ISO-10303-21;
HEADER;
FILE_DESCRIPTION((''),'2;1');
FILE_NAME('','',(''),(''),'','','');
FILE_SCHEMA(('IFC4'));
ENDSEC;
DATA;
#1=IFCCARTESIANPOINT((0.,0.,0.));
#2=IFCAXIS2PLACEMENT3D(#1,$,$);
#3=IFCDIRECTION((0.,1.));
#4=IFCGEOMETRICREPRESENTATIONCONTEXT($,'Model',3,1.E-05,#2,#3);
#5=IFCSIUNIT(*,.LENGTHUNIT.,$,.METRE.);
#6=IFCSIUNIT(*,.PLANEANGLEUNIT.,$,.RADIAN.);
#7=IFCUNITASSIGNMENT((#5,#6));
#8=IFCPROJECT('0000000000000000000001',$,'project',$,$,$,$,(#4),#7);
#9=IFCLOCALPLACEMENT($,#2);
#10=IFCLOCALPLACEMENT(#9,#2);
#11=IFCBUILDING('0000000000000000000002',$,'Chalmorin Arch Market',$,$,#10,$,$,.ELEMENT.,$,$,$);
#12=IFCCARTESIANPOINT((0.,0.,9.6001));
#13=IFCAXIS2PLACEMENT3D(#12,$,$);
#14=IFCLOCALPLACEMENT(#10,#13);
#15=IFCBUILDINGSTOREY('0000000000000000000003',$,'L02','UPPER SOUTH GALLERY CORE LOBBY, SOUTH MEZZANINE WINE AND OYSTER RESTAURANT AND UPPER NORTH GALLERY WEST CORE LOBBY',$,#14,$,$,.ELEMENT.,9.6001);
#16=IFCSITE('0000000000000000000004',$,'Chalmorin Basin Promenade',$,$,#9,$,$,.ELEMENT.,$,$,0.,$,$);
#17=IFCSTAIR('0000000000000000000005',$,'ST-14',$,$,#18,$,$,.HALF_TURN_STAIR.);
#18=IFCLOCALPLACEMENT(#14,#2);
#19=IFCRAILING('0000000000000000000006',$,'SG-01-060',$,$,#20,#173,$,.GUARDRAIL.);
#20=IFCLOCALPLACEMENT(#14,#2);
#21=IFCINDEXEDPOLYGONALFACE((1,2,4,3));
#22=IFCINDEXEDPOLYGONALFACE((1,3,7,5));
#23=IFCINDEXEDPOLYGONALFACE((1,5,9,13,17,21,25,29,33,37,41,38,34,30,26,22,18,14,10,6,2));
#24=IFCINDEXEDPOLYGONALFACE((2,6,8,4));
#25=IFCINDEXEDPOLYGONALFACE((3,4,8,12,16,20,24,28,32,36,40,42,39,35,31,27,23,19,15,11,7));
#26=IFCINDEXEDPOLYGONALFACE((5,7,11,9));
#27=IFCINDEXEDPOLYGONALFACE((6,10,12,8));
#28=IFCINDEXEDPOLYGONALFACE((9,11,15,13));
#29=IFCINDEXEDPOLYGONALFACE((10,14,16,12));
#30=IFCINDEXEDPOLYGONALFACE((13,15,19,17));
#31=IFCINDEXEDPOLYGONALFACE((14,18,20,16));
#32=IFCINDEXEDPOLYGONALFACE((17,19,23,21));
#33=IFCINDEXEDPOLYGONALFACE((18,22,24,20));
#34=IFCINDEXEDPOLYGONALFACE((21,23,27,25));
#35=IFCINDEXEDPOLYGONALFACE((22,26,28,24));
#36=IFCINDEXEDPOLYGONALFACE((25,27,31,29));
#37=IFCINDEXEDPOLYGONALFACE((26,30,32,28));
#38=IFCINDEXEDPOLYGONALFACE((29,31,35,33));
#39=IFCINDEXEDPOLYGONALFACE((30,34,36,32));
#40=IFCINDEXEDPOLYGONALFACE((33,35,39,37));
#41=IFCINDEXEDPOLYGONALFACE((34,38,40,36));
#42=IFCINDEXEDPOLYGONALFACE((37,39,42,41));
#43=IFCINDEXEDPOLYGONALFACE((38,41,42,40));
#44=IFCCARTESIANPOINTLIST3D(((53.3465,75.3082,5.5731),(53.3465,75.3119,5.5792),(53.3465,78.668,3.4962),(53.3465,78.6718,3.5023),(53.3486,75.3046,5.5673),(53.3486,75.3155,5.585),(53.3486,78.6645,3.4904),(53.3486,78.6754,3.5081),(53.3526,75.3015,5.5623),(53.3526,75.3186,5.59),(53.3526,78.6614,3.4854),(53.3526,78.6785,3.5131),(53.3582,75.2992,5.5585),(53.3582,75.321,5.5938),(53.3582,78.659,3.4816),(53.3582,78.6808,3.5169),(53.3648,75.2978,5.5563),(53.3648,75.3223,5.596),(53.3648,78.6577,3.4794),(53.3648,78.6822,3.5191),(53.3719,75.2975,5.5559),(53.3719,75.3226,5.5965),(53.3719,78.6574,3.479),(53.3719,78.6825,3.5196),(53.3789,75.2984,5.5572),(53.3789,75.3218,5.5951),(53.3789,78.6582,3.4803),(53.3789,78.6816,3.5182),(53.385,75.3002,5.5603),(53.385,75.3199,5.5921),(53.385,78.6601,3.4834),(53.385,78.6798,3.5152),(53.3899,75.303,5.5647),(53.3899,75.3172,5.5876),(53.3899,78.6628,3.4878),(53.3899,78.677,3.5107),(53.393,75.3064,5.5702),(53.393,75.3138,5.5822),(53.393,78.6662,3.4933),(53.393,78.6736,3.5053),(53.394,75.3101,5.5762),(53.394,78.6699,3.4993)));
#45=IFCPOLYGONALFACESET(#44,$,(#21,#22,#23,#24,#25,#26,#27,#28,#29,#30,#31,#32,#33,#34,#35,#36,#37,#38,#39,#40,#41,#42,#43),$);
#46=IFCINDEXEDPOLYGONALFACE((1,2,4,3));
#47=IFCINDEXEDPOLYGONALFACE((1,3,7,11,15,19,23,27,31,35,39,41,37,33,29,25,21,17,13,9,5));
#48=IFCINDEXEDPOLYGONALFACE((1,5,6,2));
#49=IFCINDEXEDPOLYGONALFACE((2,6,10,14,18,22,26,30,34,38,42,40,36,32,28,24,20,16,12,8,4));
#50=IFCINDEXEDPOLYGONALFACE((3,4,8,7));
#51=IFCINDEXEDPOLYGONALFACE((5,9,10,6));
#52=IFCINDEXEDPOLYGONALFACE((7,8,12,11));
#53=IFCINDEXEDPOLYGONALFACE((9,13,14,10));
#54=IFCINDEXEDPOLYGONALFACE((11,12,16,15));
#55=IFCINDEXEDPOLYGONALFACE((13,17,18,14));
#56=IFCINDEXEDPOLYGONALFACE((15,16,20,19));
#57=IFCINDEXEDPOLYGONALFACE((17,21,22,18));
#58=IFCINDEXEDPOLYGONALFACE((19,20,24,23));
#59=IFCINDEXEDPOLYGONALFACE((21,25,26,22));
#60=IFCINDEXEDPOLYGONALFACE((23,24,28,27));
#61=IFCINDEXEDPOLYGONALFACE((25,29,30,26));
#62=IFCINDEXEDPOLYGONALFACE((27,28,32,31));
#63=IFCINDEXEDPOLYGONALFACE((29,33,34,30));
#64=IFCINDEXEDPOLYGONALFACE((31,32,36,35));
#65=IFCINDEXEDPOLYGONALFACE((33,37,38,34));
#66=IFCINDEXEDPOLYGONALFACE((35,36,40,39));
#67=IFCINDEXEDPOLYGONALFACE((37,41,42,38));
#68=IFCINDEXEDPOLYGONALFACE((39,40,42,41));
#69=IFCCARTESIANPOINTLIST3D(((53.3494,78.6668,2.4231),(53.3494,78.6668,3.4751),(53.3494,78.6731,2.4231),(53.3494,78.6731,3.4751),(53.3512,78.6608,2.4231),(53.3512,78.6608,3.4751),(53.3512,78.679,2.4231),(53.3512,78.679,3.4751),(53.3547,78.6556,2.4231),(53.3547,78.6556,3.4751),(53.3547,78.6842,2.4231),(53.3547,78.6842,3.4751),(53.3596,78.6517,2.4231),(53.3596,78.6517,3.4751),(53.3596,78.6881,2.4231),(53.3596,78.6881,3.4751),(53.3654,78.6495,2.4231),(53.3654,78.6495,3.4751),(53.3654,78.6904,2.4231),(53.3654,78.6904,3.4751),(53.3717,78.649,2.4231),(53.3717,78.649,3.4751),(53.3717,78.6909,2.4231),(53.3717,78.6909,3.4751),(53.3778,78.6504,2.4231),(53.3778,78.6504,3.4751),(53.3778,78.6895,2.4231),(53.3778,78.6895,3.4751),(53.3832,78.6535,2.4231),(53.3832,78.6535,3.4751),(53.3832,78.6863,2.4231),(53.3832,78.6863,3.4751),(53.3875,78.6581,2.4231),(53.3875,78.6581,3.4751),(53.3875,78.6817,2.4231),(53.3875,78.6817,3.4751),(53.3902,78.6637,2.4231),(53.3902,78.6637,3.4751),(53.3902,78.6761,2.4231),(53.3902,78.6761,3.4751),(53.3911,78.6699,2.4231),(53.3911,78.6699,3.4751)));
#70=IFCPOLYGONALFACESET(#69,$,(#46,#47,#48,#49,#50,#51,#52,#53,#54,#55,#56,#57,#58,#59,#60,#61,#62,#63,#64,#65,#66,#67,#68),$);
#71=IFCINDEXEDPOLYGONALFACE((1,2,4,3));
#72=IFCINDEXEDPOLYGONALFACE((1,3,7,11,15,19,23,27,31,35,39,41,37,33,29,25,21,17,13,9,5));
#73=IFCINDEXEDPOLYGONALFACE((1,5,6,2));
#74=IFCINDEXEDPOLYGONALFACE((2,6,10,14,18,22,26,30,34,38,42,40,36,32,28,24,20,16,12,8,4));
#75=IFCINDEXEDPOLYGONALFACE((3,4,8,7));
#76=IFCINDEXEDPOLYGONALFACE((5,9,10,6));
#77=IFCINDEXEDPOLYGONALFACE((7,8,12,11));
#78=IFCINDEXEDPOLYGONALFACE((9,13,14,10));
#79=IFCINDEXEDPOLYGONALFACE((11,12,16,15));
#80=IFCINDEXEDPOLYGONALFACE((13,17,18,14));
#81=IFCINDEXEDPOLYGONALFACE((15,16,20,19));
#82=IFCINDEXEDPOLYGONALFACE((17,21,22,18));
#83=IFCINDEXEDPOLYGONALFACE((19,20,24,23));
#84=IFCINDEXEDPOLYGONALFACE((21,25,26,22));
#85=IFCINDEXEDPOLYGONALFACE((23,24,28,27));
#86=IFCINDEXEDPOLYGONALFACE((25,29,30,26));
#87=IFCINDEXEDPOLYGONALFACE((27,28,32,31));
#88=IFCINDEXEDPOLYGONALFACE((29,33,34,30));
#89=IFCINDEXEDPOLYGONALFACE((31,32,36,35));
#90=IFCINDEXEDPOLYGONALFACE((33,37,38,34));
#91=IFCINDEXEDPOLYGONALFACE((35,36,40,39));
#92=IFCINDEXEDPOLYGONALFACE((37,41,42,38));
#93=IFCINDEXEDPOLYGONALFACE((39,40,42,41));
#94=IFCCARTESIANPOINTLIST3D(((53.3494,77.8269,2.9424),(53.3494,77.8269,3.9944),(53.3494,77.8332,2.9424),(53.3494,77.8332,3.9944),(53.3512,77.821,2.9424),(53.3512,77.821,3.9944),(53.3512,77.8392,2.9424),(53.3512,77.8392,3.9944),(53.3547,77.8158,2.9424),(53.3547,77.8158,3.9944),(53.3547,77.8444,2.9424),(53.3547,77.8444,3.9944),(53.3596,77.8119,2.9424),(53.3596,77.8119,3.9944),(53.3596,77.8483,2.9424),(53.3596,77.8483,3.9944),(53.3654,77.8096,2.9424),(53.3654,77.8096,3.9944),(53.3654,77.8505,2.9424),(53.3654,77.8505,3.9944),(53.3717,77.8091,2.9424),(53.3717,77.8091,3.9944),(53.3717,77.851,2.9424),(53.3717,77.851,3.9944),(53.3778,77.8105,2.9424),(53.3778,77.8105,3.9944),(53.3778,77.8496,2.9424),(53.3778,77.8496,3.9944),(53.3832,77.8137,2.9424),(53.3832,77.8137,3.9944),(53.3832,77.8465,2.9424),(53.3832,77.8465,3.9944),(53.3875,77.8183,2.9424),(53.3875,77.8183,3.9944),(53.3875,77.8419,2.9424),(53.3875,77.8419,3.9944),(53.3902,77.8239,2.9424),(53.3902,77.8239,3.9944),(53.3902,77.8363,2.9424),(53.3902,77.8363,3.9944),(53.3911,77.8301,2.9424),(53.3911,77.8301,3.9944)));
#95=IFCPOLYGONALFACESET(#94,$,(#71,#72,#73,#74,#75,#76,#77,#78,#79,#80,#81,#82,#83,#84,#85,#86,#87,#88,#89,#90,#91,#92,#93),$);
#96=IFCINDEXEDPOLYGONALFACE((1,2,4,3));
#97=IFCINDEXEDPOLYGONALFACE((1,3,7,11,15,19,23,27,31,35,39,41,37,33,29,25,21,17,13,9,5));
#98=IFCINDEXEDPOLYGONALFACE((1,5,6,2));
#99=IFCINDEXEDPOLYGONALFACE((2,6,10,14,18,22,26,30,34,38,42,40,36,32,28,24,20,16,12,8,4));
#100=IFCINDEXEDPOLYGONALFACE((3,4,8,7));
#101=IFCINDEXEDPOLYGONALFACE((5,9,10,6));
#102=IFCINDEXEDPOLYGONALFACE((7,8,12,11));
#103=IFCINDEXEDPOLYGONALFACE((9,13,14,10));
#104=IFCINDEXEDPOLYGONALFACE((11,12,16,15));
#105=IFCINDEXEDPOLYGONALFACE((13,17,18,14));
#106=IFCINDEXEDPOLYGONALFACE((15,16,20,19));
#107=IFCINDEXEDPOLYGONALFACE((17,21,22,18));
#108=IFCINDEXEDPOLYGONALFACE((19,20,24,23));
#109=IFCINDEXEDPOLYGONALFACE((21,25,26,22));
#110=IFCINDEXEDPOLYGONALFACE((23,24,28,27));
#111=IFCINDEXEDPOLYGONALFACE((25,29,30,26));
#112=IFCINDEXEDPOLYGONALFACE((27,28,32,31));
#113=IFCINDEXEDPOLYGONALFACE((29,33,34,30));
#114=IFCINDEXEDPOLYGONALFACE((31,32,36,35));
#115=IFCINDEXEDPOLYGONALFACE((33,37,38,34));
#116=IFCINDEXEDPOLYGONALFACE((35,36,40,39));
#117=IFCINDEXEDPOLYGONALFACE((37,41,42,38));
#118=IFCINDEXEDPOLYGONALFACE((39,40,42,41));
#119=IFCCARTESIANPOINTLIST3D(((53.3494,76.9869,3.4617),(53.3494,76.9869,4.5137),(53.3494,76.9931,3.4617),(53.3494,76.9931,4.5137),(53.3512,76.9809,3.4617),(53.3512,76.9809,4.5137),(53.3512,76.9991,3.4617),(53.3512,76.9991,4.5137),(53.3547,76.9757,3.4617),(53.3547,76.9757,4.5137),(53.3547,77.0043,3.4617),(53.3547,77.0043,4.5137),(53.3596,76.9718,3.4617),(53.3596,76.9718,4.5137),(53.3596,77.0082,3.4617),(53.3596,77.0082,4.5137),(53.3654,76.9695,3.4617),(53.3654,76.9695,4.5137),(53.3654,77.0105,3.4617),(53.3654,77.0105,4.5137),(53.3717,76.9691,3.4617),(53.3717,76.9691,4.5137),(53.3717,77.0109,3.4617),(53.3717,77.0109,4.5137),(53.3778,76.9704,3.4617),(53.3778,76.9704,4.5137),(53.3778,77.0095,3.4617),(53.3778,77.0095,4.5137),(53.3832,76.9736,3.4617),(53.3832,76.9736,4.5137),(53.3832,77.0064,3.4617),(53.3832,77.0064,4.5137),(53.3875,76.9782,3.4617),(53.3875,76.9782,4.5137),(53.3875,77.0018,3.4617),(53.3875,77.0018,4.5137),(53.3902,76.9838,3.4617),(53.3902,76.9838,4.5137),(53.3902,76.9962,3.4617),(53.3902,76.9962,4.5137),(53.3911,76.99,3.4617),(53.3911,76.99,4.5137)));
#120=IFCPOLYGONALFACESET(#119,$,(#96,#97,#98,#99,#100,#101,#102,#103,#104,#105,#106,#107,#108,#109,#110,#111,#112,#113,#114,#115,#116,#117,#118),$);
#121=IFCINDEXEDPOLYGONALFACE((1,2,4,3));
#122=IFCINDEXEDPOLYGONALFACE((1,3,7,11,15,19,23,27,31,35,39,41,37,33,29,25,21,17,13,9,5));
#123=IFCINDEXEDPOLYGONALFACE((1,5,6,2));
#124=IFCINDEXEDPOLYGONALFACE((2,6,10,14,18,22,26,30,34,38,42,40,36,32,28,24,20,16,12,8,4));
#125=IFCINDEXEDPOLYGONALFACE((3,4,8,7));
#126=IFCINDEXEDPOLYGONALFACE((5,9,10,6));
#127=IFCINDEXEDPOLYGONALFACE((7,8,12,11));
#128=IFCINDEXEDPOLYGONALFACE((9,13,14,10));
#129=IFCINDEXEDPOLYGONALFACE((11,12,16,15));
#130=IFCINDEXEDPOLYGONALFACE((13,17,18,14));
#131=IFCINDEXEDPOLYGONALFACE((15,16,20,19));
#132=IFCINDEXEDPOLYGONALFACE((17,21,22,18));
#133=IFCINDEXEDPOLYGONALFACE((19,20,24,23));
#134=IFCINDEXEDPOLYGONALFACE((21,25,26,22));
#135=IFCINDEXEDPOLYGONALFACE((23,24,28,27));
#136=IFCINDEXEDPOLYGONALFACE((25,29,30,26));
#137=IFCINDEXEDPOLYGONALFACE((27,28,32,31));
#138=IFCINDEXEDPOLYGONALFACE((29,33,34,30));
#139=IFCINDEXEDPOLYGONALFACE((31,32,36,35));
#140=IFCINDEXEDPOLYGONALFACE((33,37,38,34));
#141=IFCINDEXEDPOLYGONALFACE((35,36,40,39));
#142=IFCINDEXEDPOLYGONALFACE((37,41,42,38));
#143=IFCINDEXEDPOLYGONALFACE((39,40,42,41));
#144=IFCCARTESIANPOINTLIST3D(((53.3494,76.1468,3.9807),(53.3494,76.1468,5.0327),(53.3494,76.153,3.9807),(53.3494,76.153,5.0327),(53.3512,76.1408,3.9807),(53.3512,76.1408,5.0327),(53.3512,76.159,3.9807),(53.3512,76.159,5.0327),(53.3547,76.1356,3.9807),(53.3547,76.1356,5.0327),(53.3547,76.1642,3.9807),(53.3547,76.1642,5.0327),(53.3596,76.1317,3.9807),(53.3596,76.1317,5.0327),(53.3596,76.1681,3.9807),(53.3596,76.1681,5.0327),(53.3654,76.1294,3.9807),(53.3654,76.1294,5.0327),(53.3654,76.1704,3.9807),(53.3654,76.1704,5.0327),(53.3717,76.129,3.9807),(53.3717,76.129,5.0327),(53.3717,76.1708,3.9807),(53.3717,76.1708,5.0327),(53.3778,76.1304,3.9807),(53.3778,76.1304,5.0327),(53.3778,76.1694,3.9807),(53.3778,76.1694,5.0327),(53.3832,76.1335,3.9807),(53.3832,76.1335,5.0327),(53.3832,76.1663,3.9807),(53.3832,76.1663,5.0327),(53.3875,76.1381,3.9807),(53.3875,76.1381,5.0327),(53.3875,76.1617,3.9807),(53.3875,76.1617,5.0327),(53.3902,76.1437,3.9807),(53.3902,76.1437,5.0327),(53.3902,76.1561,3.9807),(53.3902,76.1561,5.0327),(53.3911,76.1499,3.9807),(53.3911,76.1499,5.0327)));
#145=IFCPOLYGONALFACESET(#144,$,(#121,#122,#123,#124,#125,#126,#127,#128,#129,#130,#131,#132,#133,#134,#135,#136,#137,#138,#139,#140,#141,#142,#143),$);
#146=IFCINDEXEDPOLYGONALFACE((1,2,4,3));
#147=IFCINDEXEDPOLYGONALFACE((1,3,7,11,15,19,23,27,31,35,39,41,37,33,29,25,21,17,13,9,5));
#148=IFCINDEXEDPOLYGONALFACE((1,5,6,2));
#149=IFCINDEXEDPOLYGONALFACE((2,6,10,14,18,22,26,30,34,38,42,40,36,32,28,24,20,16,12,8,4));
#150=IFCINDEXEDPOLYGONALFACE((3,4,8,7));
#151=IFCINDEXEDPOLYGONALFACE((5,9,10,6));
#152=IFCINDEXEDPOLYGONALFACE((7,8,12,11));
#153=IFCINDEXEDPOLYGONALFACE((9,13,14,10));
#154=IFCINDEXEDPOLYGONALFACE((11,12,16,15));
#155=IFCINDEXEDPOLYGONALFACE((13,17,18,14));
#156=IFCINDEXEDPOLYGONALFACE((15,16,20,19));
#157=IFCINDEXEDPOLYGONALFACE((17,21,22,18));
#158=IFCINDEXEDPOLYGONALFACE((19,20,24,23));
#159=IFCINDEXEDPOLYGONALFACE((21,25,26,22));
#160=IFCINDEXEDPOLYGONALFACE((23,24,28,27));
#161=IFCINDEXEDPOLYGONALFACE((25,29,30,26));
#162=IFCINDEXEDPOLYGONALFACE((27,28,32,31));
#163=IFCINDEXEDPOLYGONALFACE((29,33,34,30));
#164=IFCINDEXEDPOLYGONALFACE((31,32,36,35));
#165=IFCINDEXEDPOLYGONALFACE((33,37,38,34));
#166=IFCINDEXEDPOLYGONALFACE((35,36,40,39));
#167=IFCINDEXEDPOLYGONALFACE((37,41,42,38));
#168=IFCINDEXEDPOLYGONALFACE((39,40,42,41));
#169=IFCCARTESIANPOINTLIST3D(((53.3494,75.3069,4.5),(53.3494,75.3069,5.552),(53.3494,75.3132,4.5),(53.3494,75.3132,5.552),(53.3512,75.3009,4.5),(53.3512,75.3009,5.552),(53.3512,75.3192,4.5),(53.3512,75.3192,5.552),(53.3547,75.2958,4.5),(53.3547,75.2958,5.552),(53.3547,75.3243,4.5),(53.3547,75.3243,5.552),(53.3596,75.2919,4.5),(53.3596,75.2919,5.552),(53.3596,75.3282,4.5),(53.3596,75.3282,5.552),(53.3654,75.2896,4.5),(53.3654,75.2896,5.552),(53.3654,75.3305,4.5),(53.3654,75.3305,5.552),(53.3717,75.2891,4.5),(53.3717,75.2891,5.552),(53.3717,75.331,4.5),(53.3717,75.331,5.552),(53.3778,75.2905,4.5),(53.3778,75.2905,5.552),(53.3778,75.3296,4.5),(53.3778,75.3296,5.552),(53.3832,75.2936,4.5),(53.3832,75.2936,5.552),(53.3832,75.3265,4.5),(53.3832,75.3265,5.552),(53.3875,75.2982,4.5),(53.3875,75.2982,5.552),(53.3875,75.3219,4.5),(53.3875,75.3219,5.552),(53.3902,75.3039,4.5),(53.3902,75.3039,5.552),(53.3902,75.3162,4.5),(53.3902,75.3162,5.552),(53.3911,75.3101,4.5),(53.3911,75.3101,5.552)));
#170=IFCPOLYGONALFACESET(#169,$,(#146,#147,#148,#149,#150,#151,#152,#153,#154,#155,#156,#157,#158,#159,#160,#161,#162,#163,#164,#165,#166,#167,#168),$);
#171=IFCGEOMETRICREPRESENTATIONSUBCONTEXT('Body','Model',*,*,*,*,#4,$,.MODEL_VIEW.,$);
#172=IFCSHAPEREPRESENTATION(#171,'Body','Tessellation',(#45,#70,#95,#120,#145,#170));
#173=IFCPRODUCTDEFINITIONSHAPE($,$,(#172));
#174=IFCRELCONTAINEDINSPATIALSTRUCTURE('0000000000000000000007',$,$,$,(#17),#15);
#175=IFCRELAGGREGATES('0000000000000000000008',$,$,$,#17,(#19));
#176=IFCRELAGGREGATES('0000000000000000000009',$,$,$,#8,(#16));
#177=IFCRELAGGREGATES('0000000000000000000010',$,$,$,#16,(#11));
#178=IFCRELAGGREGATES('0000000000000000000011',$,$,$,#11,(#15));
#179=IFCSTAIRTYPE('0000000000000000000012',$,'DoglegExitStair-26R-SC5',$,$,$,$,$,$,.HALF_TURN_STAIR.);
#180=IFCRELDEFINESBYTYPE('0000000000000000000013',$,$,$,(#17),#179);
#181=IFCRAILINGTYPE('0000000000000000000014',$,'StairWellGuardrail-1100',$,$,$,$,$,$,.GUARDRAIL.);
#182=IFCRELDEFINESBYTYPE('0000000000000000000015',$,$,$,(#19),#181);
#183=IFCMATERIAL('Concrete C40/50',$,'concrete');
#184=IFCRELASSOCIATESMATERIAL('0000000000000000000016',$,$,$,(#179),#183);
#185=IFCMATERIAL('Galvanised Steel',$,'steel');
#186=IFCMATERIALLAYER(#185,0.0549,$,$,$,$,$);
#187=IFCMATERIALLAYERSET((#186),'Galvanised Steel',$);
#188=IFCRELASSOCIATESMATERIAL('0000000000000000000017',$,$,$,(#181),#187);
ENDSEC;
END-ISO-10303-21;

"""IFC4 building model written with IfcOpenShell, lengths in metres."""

from ifc_helpers import new_model, si_unit, direction, frame, origin, origin_2d, place, context, subcontext, project, spatial, circle, extrude, material, layer, layer_set, type_object, element, aggregate, save


model = new_model("IFC4")

# Units and contexts
model_context = context("Model", 3, precision=1e-05, world=origin(), true_north=direction((0.0, 1.0)))
body_context = subcontext(model_context, "Body", "Model", "MODEL_VIEW")
ifc_project = project(units=[si_unit("LENGTHUNIT", "METRE"), si_unit("PLANEANGLEUNIT", "RADIAN")], contexts=[model_context])

# Site, building, storey
site_placement = place(None, origin())
site = spatial("IfcSite", under=ifc_project, at=site_placement, Name="Chalmorin Basin Promenade", CompositionType="ELEMENT", RefElevation=0.0)
building_placement = place(site_placement, origin())
building = spatial("IfcBuilding", under=site, at=building_placement, Name="Chalmorin Arch Market", CompositionType="ELEMENT")
storey_placement = place(building_placement, frame((0.0, 0.0, 9.6001)))
storey = spatial("IfcBuildingStorey", under=building, at=storey_placement, Name="L02", Description="UPPER SOUTH GALLERY CORE LOBBY, SOUTH MEZZANINE WINE AND OYSTER RESTAURANT AND UPPER NORTH GALLERY WEST CORE LOBBY", CompositionType="ELEMENT", Elevation=9.6001)

# Shared definitions
ifc_material_1 = material(Name="Concrete C40/50", Category="concrete")

# Shared definitions
ifc_material_2 = material(Name="Galvanised Steel", Category="steel")

# Stair, railing
stair_type = type_object("IfcStairType", Name="DoglegExitStair-26R-SC5", PredefinedType="HALF_TURN_STAIR", material=ifc_material_1)
stair_placement = place(storey_placement, origin())
stair = element("IfcStair", 1, at=stair_placement, inside=storey, type_object=stair_type, Name="ST-14", PredefinedType="HALF_TURN_STAIR")
ifc_layer_1 = layer(ifc_material_2, 0.0549)
ifc_layer_set_1 = layer_set([ifc_layer_1], Name="Galvanised Steel")
railing_type_1 = type_object("IfcRailingType", Name="StairWellGuardrail-1100", PredefinedType="GUARDRAIL", material=ifc_layer_set_1)
railing_1_placement = place(storey_placement, frame((53.3701, 78.6699, 2.4231)))
railing_1 = element("IfcRailing", 2, at=railing_1_placement, type_object=railing_type_1, Name="SG-01-060", PredefinedType="GUARDRAIL", context=body_context, shape_type="SweptSolid", body=[
    extrude(circle(Radius=0.0239, at=origin_2d()), frame((0.0, 0.0, 1.0762), z_axis=(0.0, -0.850606, 0.525803), x_axis=(1.0, 0.0, 0.0)), (0.0, 0.0, 1.0), 3.95),
    extrude(circle(Radius=0.021, at=origin_2d()), origin(), (0.0, 0.0, 1.0), 1.052),
    extrude(circle(Radius=0.021, at=origin_2d()), frame((0.0, -0.8398, 0.5193)), (0.0, 0.0, 1.0), 1.052),
    extrude(circle(Radius=0.021, at=origin_2d()), frame((0.0, -1.6799, 1.0386)), (0.0, 0.0, 1.0), 1.052),
    extrude(circle(Radius=0.021, at=origin_2d()), frame((0.0, -2.52, 1.5576)), (0.0, 0.0, 1.0), 1.052),
    extrude(circle(Radius=0.021, at=origin_2d()), frame((0.0, -3.3599, 2.0769)), (0.0, 0.0, 1.0), 1.052),
])
aggregate(stair, [railing_1])

save(model, "model.ifc")
